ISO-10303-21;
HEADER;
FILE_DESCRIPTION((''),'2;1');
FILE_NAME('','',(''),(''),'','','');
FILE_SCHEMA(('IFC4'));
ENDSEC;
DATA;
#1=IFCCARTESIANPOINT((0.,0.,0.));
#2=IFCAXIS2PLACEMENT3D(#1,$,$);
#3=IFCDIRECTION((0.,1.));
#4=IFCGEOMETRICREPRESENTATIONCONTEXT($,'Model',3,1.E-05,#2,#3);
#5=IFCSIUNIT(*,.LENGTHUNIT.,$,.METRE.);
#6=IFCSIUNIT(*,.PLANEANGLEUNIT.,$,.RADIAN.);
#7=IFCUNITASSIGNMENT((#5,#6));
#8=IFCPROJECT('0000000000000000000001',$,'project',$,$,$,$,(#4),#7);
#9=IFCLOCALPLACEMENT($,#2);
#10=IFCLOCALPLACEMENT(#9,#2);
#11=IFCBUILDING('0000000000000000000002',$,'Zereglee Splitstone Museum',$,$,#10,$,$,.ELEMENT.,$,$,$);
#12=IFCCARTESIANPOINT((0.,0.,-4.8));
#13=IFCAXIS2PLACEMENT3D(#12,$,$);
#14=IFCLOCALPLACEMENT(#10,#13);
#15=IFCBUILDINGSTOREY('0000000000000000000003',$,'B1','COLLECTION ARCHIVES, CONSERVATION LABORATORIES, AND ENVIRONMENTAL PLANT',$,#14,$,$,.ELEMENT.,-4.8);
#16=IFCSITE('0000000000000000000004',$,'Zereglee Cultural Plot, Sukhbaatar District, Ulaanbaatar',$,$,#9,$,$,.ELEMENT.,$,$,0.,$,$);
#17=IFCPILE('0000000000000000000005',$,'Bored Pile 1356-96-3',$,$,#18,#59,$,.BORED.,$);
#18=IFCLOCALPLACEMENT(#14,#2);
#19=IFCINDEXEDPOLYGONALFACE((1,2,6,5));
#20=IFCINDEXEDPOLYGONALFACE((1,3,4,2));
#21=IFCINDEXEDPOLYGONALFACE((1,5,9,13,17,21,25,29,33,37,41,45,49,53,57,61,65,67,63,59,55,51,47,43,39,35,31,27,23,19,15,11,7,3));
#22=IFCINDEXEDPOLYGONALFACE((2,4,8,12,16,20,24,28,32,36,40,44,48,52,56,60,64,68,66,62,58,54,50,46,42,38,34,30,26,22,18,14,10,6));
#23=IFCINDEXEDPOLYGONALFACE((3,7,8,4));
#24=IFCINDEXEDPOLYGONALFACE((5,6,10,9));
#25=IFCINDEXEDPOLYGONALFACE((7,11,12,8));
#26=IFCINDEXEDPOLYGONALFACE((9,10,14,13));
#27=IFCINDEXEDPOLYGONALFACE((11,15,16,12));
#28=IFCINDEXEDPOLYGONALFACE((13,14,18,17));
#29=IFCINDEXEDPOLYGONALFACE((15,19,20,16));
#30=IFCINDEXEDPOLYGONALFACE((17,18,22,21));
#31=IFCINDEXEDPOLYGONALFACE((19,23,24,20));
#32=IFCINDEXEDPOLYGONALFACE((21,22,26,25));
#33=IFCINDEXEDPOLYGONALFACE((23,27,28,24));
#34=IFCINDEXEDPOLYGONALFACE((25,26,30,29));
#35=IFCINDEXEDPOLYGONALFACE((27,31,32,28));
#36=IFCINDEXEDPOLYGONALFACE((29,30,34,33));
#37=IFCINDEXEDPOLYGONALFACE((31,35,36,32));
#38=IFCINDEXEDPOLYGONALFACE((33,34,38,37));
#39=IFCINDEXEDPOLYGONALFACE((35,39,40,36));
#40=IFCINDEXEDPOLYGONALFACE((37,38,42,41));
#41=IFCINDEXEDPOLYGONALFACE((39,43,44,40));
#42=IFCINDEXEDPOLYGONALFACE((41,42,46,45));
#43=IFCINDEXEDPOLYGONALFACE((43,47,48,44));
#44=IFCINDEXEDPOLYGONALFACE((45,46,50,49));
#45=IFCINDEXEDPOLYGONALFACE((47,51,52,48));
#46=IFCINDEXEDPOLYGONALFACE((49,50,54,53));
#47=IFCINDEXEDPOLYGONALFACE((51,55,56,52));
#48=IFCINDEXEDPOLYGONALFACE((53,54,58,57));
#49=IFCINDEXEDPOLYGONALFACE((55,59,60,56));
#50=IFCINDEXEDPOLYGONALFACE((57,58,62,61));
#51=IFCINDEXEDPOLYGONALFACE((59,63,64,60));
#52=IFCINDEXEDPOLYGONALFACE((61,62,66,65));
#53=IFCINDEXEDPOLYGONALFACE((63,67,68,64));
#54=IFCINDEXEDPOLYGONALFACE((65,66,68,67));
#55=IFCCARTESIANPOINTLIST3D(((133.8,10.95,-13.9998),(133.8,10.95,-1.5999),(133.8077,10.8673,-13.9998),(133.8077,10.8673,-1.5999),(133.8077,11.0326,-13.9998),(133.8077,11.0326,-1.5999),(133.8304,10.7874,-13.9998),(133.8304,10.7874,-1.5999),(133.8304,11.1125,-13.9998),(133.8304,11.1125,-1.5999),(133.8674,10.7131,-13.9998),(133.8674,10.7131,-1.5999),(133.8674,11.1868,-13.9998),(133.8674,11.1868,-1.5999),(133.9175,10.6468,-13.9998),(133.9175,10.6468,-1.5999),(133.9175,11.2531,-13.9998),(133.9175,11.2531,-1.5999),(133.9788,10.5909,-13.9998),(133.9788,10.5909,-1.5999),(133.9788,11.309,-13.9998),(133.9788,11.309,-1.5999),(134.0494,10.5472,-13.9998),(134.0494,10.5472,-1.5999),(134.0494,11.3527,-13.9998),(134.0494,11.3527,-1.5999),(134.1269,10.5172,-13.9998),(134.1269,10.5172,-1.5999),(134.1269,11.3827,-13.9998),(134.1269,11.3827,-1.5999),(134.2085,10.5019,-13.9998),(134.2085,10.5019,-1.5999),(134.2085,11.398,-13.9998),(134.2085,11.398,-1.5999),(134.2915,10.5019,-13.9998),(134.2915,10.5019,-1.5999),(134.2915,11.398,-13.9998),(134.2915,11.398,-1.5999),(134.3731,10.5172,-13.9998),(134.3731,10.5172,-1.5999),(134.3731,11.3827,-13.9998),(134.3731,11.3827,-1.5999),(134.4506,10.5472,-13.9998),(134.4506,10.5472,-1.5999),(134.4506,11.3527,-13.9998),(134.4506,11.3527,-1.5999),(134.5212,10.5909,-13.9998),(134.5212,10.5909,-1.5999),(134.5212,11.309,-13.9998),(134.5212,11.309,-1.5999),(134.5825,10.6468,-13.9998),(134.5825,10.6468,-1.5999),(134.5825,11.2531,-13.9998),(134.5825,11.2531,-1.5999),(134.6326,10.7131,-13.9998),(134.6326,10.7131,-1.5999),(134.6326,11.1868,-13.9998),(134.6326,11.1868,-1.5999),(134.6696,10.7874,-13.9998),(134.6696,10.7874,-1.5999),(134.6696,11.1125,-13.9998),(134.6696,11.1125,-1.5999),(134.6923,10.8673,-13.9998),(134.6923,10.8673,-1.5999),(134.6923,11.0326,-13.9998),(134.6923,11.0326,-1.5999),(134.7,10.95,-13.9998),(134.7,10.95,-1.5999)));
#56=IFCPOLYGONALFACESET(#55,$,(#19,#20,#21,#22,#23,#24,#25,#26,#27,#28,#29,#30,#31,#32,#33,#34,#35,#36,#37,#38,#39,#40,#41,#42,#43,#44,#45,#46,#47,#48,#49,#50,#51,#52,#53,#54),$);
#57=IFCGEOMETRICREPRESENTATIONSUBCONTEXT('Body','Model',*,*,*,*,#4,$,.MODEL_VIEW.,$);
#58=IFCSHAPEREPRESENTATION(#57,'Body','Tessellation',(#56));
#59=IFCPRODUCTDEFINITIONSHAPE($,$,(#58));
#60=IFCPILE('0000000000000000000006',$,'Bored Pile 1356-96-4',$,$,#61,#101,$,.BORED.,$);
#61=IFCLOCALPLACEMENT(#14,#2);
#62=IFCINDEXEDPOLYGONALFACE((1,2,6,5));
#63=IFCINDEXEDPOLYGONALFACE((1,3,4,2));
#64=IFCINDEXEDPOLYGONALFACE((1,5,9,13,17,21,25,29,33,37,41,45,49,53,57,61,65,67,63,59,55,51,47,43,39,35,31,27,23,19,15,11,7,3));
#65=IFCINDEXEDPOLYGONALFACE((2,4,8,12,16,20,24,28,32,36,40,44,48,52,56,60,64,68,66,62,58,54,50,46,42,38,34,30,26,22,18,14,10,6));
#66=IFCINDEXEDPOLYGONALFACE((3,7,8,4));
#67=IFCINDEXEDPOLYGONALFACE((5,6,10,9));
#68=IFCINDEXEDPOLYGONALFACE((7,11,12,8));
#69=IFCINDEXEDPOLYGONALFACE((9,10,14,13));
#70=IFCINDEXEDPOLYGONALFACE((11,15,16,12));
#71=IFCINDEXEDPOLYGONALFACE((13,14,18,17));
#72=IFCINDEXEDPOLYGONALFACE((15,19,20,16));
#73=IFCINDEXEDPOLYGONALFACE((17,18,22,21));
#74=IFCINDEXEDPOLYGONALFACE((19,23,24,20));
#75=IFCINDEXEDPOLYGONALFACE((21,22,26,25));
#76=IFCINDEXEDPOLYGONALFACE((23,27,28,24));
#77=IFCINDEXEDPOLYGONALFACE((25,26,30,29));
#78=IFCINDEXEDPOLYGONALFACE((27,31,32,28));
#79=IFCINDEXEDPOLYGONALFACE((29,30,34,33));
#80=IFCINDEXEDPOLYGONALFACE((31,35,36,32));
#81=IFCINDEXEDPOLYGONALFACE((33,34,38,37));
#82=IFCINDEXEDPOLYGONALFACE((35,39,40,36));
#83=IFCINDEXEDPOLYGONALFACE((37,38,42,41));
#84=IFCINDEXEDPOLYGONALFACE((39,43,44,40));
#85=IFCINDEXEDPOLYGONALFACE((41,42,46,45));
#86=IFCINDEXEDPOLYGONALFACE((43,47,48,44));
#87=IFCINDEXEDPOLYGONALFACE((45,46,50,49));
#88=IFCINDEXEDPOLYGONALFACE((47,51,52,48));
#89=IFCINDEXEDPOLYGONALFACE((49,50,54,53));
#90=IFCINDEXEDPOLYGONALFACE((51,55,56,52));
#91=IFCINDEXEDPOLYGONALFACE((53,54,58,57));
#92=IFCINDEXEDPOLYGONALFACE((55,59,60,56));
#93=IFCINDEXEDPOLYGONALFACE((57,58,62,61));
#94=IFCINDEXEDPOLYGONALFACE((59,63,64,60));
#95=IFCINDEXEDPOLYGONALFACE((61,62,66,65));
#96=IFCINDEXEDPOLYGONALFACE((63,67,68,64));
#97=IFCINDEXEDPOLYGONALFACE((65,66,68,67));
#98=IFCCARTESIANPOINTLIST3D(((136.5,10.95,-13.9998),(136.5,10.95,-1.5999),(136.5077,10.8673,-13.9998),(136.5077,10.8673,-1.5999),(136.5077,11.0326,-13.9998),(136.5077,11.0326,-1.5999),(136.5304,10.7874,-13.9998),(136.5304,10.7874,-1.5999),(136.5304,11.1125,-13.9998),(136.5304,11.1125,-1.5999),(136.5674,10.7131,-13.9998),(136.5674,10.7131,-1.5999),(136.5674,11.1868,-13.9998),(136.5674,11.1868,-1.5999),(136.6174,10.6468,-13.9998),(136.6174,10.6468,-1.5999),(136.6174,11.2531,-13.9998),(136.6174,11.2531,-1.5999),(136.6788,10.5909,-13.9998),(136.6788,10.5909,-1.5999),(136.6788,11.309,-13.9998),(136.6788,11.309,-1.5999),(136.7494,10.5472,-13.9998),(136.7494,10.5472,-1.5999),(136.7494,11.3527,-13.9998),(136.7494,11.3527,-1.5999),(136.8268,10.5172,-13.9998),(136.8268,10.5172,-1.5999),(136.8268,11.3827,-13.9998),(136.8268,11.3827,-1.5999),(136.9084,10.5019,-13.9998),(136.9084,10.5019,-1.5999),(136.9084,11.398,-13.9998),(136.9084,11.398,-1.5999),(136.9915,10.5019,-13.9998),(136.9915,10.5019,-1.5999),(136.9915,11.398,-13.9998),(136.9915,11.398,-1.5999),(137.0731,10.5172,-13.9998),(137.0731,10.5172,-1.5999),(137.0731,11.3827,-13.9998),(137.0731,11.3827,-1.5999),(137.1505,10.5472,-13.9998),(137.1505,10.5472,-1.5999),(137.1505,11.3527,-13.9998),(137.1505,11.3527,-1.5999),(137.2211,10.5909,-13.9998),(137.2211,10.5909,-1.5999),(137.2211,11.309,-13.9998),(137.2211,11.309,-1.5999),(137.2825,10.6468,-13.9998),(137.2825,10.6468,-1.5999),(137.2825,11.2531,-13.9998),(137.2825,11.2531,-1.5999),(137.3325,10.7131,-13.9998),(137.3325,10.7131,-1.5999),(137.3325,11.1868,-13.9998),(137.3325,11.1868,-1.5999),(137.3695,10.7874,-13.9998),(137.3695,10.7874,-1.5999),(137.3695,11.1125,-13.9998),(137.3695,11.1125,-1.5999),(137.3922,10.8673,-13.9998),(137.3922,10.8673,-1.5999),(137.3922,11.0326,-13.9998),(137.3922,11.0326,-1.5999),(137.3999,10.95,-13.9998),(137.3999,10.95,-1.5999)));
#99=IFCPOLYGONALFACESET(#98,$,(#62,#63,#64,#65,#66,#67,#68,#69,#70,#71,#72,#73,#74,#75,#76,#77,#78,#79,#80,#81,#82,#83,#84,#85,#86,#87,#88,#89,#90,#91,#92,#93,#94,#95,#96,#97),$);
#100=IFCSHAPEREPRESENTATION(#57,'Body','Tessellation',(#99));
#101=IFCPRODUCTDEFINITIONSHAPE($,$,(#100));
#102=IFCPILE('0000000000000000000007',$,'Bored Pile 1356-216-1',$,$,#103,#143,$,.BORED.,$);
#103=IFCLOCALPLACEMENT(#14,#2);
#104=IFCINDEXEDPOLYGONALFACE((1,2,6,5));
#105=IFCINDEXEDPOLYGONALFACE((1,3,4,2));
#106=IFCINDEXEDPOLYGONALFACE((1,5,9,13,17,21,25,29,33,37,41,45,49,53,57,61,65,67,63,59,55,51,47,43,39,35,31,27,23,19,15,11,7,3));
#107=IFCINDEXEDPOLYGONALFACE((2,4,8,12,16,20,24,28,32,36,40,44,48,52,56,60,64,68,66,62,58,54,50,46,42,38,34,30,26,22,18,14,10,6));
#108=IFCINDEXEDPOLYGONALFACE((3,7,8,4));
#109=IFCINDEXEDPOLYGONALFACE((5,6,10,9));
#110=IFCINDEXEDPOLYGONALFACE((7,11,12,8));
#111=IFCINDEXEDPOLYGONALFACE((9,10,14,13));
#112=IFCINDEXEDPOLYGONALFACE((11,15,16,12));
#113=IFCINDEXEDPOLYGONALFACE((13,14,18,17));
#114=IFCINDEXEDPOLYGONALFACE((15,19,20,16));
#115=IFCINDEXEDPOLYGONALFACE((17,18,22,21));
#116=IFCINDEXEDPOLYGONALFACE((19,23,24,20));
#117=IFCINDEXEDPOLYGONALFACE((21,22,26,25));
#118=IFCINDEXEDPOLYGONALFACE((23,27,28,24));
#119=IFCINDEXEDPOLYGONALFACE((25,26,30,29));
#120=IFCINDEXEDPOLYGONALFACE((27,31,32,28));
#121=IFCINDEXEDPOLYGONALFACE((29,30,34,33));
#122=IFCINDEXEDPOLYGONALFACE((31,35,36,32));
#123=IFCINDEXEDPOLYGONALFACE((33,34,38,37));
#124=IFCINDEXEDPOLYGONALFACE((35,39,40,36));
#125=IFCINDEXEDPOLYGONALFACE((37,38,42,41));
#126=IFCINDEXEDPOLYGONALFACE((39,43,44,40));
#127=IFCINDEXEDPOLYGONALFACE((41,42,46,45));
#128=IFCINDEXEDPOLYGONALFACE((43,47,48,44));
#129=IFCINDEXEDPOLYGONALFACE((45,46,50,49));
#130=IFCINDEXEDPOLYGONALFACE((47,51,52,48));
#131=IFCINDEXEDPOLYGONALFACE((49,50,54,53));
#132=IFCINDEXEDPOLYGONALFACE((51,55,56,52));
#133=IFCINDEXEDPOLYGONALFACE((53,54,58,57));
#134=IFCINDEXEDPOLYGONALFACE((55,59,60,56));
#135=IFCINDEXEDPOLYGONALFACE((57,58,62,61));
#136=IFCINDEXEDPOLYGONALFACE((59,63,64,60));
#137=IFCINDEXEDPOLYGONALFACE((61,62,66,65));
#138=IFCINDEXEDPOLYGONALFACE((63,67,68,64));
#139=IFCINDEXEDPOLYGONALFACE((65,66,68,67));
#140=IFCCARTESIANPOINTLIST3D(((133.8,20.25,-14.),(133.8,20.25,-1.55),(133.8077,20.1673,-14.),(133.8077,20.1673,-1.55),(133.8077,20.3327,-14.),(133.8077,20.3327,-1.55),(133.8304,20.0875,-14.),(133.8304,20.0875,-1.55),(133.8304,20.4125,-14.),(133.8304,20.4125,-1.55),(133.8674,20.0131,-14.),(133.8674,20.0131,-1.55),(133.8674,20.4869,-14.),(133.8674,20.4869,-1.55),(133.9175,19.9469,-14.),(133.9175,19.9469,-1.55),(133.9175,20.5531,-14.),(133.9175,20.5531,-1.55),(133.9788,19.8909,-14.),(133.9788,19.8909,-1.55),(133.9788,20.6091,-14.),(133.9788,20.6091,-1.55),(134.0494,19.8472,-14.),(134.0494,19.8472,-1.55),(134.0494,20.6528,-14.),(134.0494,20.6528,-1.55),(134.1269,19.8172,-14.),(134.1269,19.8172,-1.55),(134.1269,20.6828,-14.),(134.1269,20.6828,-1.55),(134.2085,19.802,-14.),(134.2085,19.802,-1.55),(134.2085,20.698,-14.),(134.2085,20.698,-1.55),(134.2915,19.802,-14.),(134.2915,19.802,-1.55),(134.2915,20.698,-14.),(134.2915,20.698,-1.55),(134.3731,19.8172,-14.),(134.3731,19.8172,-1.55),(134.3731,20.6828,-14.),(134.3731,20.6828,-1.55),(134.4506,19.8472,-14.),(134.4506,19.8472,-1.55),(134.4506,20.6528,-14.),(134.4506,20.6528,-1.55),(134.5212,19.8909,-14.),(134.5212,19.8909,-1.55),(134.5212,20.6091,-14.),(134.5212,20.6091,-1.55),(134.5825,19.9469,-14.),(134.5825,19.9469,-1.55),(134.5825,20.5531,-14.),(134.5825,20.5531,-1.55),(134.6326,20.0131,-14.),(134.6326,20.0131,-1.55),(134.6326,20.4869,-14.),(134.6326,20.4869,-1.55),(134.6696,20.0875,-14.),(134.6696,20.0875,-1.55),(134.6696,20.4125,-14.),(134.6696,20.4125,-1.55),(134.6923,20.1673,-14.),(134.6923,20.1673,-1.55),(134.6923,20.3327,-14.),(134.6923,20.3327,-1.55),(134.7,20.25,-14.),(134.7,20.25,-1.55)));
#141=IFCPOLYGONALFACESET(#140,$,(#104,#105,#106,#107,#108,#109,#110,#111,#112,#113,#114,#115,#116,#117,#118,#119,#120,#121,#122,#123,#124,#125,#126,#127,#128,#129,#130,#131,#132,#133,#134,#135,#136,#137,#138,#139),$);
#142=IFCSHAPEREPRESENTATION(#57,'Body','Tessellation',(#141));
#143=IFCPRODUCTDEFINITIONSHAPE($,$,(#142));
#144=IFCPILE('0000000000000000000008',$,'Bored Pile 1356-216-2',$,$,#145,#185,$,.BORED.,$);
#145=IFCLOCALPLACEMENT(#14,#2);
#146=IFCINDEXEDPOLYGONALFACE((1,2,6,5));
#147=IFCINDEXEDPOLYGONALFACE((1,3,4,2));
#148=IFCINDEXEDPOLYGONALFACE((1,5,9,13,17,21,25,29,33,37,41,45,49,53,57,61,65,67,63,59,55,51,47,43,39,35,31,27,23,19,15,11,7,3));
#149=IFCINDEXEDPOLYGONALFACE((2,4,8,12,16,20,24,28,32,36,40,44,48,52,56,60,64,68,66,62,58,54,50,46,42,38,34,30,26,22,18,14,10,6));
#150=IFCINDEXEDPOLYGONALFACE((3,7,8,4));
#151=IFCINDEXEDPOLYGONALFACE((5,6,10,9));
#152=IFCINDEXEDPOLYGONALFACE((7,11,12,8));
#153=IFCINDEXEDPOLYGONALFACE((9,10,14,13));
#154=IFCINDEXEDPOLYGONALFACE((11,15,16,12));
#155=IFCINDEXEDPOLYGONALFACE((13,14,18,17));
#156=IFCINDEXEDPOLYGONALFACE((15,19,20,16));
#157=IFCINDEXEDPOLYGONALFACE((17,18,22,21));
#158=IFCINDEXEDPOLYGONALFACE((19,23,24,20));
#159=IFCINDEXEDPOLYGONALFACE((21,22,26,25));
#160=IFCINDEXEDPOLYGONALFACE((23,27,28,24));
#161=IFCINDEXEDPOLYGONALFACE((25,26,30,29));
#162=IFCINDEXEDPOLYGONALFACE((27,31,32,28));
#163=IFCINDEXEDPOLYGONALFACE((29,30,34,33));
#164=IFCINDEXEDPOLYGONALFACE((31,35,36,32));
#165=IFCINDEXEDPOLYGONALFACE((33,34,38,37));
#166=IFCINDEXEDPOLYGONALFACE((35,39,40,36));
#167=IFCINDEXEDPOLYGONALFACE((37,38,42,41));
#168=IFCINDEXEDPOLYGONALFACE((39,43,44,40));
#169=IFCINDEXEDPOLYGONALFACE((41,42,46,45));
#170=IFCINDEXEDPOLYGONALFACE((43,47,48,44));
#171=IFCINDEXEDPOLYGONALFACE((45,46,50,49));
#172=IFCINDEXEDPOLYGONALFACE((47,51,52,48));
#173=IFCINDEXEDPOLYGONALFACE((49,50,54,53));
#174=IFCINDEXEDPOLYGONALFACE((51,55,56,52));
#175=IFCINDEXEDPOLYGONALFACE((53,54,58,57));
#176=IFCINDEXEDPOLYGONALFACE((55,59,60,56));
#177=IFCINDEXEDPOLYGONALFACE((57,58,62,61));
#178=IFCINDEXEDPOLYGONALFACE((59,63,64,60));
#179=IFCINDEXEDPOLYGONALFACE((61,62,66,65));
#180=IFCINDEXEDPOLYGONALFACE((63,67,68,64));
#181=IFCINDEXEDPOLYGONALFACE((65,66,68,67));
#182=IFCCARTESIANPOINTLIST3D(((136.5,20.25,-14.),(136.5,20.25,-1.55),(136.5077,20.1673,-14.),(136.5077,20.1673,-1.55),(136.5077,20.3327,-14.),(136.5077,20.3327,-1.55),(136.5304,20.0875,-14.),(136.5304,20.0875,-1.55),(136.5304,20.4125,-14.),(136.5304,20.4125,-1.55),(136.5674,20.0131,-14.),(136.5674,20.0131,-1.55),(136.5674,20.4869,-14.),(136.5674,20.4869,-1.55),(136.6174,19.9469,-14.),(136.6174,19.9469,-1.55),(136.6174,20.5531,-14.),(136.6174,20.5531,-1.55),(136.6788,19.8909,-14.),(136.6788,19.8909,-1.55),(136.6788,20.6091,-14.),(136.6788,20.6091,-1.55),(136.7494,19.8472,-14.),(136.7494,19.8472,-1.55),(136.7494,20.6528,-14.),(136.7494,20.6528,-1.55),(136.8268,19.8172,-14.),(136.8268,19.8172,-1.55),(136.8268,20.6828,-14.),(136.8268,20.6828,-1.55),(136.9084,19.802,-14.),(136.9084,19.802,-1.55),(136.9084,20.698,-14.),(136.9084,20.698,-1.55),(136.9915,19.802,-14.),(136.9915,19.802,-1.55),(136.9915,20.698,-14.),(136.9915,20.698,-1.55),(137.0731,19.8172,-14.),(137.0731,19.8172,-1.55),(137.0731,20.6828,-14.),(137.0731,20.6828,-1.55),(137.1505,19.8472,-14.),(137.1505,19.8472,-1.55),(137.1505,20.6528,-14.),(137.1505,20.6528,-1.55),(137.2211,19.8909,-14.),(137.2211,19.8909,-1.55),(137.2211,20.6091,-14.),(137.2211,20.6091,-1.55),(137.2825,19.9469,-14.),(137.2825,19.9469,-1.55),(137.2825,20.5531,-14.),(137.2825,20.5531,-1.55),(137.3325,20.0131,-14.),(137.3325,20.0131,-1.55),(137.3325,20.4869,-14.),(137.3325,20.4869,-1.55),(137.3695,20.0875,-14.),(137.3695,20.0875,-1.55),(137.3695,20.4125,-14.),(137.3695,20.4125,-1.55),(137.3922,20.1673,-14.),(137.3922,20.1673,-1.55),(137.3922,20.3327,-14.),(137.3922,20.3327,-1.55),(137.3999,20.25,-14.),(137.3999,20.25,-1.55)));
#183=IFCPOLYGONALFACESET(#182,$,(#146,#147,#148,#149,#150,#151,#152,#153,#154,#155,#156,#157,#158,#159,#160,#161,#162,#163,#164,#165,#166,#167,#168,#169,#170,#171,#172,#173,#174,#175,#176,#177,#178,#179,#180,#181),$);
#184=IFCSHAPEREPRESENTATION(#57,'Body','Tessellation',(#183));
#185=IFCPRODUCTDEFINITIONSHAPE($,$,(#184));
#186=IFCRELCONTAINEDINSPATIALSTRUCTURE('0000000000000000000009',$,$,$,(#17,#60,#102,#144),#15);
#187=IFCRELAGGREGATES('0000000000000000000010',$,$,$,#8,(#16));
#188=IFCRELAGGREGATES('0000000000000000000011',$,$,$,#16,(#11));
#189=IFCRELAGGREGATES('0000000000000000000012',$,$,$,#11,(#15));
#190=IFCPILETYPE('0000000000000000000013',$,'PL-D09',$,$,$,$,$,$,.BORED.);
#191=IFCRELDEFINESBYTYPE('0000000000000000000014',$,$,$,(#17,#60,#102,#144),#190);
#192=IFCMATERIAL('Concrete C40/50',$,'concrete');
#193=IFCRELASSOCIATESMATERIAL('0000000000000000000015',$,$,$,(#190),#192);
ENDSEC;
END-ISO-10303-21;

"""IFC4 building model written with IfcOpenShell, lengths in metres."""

from ifc_helpers import new_model, si_unit, direction, frame, origin, origin_2d, place, context, subcontext, project, spatial, circle, extrude, material, material_profile, profile_set, type_object, element, save


model = new_model("IFC4")

# Units and contexts
model_context = context("Model", 3, precision=1e-05, world=origin(), true_north=direction((0.0, 1.0)))
body_context = subcontext(model_context, "Body", "Model", "MODEL_VIEW")
ifc_project = project(units=[si_unit("LENGTHUNIT", "METRE"), si_unit("PLANEANGLEUNIT", "RADIAN")], contexts=[model_context])

# Site, building, storey
site_placement = place(None, origin())
site = spatial("IfcSite", under=ifc_project, at=site_placement, Name="Zereglee Cultural Plot, Sukhbaatar District, Ulaanbaatar", CompositionType="ELEMENT", RefElevation=0.0)
building_placement = place(site_placement, origin())
building = spatial("IfcBuilding", under=site, at=building_placement, Name="Zereglee Splitstone Museum", CompositionType="ELEMENT")
storey_placement = place(building_placement, frame((0.0, 0.0, -4.8)))
storey = spatial("IfcBuildingStorey", under=building, at=storey_placement, Name="B1", Description="COLLECTION ARCHIVES, CONSERVATION LABORATORIES, AND ENVIRONMENTAL PLANT", CompositionType="ELEMENT", Elevation=-4.8)

# Shared definitions
ifc_material_1 = material(Name="Concrete C40/50", Category="concrete")

# Piles
ifc_material_profile_1 = material_profile(ifc_material_1, circle(Radius=0.45, at=origin_2d()), Name="PILE D900")
ifc_profile_set_1 = profile_set([ifc_material_profile_1], Name="Concrete C40/50")
pile_type = type_object("IfcPileType", Name="PL-D09", PredefinedType="BORED", material=ifc_profile_set_1)
for number, where, z_axis, x_axis, name in (
    (1, (134.25, 10.95, -1.5999), (0.0, 0.0, -1.0), (1.0, 0.0, 0.0), "Bored Pile 1356-96-3"),
    (2, (136.95, 10.95, -1.5999), (0.0, 0.0, -1.0), (1.0, 0.0, 0.0), "Bored Pile 1356-96-4"),
):
    element("IfcPile", number, at=place(storey_placement, frame(where, z_axis=z_axis, x_axis=x_axis)), inside=storey, type_object=pile_type, Name=name, PredefinedType="BORED", context=body_context, shape_type="SweptSolid", body=[
        extrude(circle(Radius=0.45, at=origin_2d()), origin(), (0.0, 0.0, 1.0), 12.3999),
    ])
for number, where, z_axis, x_axis, name in (
    (3, (134.25, 20.25, -1.55), (0.0, 0.0, -1.0), (1.0, 0.0, 0.0), "Bored Pile 1356-216-1"),
    (4, (136.95, 20.25, -1.55), (0.0, 0.0, -1.0), (1.0, 0.0, 0.0), "Bored Pile 1356-216-2"),
):
    element("IfcPile", number, at=place(storey_placement, frame(where, z_axis=z_axis, x_axis=x_axis)), inside=storey, type_object=pile_type, Name=name, PredefinedType="BORED", context=body_context, shape_type="SweptSolid", body=[
        extrude(circle(Radius=0.45, at=origin_2d()), origin(), (0.0, 0.0, 1.0), 12.45),
    ])

save(model, "model.ifc")
